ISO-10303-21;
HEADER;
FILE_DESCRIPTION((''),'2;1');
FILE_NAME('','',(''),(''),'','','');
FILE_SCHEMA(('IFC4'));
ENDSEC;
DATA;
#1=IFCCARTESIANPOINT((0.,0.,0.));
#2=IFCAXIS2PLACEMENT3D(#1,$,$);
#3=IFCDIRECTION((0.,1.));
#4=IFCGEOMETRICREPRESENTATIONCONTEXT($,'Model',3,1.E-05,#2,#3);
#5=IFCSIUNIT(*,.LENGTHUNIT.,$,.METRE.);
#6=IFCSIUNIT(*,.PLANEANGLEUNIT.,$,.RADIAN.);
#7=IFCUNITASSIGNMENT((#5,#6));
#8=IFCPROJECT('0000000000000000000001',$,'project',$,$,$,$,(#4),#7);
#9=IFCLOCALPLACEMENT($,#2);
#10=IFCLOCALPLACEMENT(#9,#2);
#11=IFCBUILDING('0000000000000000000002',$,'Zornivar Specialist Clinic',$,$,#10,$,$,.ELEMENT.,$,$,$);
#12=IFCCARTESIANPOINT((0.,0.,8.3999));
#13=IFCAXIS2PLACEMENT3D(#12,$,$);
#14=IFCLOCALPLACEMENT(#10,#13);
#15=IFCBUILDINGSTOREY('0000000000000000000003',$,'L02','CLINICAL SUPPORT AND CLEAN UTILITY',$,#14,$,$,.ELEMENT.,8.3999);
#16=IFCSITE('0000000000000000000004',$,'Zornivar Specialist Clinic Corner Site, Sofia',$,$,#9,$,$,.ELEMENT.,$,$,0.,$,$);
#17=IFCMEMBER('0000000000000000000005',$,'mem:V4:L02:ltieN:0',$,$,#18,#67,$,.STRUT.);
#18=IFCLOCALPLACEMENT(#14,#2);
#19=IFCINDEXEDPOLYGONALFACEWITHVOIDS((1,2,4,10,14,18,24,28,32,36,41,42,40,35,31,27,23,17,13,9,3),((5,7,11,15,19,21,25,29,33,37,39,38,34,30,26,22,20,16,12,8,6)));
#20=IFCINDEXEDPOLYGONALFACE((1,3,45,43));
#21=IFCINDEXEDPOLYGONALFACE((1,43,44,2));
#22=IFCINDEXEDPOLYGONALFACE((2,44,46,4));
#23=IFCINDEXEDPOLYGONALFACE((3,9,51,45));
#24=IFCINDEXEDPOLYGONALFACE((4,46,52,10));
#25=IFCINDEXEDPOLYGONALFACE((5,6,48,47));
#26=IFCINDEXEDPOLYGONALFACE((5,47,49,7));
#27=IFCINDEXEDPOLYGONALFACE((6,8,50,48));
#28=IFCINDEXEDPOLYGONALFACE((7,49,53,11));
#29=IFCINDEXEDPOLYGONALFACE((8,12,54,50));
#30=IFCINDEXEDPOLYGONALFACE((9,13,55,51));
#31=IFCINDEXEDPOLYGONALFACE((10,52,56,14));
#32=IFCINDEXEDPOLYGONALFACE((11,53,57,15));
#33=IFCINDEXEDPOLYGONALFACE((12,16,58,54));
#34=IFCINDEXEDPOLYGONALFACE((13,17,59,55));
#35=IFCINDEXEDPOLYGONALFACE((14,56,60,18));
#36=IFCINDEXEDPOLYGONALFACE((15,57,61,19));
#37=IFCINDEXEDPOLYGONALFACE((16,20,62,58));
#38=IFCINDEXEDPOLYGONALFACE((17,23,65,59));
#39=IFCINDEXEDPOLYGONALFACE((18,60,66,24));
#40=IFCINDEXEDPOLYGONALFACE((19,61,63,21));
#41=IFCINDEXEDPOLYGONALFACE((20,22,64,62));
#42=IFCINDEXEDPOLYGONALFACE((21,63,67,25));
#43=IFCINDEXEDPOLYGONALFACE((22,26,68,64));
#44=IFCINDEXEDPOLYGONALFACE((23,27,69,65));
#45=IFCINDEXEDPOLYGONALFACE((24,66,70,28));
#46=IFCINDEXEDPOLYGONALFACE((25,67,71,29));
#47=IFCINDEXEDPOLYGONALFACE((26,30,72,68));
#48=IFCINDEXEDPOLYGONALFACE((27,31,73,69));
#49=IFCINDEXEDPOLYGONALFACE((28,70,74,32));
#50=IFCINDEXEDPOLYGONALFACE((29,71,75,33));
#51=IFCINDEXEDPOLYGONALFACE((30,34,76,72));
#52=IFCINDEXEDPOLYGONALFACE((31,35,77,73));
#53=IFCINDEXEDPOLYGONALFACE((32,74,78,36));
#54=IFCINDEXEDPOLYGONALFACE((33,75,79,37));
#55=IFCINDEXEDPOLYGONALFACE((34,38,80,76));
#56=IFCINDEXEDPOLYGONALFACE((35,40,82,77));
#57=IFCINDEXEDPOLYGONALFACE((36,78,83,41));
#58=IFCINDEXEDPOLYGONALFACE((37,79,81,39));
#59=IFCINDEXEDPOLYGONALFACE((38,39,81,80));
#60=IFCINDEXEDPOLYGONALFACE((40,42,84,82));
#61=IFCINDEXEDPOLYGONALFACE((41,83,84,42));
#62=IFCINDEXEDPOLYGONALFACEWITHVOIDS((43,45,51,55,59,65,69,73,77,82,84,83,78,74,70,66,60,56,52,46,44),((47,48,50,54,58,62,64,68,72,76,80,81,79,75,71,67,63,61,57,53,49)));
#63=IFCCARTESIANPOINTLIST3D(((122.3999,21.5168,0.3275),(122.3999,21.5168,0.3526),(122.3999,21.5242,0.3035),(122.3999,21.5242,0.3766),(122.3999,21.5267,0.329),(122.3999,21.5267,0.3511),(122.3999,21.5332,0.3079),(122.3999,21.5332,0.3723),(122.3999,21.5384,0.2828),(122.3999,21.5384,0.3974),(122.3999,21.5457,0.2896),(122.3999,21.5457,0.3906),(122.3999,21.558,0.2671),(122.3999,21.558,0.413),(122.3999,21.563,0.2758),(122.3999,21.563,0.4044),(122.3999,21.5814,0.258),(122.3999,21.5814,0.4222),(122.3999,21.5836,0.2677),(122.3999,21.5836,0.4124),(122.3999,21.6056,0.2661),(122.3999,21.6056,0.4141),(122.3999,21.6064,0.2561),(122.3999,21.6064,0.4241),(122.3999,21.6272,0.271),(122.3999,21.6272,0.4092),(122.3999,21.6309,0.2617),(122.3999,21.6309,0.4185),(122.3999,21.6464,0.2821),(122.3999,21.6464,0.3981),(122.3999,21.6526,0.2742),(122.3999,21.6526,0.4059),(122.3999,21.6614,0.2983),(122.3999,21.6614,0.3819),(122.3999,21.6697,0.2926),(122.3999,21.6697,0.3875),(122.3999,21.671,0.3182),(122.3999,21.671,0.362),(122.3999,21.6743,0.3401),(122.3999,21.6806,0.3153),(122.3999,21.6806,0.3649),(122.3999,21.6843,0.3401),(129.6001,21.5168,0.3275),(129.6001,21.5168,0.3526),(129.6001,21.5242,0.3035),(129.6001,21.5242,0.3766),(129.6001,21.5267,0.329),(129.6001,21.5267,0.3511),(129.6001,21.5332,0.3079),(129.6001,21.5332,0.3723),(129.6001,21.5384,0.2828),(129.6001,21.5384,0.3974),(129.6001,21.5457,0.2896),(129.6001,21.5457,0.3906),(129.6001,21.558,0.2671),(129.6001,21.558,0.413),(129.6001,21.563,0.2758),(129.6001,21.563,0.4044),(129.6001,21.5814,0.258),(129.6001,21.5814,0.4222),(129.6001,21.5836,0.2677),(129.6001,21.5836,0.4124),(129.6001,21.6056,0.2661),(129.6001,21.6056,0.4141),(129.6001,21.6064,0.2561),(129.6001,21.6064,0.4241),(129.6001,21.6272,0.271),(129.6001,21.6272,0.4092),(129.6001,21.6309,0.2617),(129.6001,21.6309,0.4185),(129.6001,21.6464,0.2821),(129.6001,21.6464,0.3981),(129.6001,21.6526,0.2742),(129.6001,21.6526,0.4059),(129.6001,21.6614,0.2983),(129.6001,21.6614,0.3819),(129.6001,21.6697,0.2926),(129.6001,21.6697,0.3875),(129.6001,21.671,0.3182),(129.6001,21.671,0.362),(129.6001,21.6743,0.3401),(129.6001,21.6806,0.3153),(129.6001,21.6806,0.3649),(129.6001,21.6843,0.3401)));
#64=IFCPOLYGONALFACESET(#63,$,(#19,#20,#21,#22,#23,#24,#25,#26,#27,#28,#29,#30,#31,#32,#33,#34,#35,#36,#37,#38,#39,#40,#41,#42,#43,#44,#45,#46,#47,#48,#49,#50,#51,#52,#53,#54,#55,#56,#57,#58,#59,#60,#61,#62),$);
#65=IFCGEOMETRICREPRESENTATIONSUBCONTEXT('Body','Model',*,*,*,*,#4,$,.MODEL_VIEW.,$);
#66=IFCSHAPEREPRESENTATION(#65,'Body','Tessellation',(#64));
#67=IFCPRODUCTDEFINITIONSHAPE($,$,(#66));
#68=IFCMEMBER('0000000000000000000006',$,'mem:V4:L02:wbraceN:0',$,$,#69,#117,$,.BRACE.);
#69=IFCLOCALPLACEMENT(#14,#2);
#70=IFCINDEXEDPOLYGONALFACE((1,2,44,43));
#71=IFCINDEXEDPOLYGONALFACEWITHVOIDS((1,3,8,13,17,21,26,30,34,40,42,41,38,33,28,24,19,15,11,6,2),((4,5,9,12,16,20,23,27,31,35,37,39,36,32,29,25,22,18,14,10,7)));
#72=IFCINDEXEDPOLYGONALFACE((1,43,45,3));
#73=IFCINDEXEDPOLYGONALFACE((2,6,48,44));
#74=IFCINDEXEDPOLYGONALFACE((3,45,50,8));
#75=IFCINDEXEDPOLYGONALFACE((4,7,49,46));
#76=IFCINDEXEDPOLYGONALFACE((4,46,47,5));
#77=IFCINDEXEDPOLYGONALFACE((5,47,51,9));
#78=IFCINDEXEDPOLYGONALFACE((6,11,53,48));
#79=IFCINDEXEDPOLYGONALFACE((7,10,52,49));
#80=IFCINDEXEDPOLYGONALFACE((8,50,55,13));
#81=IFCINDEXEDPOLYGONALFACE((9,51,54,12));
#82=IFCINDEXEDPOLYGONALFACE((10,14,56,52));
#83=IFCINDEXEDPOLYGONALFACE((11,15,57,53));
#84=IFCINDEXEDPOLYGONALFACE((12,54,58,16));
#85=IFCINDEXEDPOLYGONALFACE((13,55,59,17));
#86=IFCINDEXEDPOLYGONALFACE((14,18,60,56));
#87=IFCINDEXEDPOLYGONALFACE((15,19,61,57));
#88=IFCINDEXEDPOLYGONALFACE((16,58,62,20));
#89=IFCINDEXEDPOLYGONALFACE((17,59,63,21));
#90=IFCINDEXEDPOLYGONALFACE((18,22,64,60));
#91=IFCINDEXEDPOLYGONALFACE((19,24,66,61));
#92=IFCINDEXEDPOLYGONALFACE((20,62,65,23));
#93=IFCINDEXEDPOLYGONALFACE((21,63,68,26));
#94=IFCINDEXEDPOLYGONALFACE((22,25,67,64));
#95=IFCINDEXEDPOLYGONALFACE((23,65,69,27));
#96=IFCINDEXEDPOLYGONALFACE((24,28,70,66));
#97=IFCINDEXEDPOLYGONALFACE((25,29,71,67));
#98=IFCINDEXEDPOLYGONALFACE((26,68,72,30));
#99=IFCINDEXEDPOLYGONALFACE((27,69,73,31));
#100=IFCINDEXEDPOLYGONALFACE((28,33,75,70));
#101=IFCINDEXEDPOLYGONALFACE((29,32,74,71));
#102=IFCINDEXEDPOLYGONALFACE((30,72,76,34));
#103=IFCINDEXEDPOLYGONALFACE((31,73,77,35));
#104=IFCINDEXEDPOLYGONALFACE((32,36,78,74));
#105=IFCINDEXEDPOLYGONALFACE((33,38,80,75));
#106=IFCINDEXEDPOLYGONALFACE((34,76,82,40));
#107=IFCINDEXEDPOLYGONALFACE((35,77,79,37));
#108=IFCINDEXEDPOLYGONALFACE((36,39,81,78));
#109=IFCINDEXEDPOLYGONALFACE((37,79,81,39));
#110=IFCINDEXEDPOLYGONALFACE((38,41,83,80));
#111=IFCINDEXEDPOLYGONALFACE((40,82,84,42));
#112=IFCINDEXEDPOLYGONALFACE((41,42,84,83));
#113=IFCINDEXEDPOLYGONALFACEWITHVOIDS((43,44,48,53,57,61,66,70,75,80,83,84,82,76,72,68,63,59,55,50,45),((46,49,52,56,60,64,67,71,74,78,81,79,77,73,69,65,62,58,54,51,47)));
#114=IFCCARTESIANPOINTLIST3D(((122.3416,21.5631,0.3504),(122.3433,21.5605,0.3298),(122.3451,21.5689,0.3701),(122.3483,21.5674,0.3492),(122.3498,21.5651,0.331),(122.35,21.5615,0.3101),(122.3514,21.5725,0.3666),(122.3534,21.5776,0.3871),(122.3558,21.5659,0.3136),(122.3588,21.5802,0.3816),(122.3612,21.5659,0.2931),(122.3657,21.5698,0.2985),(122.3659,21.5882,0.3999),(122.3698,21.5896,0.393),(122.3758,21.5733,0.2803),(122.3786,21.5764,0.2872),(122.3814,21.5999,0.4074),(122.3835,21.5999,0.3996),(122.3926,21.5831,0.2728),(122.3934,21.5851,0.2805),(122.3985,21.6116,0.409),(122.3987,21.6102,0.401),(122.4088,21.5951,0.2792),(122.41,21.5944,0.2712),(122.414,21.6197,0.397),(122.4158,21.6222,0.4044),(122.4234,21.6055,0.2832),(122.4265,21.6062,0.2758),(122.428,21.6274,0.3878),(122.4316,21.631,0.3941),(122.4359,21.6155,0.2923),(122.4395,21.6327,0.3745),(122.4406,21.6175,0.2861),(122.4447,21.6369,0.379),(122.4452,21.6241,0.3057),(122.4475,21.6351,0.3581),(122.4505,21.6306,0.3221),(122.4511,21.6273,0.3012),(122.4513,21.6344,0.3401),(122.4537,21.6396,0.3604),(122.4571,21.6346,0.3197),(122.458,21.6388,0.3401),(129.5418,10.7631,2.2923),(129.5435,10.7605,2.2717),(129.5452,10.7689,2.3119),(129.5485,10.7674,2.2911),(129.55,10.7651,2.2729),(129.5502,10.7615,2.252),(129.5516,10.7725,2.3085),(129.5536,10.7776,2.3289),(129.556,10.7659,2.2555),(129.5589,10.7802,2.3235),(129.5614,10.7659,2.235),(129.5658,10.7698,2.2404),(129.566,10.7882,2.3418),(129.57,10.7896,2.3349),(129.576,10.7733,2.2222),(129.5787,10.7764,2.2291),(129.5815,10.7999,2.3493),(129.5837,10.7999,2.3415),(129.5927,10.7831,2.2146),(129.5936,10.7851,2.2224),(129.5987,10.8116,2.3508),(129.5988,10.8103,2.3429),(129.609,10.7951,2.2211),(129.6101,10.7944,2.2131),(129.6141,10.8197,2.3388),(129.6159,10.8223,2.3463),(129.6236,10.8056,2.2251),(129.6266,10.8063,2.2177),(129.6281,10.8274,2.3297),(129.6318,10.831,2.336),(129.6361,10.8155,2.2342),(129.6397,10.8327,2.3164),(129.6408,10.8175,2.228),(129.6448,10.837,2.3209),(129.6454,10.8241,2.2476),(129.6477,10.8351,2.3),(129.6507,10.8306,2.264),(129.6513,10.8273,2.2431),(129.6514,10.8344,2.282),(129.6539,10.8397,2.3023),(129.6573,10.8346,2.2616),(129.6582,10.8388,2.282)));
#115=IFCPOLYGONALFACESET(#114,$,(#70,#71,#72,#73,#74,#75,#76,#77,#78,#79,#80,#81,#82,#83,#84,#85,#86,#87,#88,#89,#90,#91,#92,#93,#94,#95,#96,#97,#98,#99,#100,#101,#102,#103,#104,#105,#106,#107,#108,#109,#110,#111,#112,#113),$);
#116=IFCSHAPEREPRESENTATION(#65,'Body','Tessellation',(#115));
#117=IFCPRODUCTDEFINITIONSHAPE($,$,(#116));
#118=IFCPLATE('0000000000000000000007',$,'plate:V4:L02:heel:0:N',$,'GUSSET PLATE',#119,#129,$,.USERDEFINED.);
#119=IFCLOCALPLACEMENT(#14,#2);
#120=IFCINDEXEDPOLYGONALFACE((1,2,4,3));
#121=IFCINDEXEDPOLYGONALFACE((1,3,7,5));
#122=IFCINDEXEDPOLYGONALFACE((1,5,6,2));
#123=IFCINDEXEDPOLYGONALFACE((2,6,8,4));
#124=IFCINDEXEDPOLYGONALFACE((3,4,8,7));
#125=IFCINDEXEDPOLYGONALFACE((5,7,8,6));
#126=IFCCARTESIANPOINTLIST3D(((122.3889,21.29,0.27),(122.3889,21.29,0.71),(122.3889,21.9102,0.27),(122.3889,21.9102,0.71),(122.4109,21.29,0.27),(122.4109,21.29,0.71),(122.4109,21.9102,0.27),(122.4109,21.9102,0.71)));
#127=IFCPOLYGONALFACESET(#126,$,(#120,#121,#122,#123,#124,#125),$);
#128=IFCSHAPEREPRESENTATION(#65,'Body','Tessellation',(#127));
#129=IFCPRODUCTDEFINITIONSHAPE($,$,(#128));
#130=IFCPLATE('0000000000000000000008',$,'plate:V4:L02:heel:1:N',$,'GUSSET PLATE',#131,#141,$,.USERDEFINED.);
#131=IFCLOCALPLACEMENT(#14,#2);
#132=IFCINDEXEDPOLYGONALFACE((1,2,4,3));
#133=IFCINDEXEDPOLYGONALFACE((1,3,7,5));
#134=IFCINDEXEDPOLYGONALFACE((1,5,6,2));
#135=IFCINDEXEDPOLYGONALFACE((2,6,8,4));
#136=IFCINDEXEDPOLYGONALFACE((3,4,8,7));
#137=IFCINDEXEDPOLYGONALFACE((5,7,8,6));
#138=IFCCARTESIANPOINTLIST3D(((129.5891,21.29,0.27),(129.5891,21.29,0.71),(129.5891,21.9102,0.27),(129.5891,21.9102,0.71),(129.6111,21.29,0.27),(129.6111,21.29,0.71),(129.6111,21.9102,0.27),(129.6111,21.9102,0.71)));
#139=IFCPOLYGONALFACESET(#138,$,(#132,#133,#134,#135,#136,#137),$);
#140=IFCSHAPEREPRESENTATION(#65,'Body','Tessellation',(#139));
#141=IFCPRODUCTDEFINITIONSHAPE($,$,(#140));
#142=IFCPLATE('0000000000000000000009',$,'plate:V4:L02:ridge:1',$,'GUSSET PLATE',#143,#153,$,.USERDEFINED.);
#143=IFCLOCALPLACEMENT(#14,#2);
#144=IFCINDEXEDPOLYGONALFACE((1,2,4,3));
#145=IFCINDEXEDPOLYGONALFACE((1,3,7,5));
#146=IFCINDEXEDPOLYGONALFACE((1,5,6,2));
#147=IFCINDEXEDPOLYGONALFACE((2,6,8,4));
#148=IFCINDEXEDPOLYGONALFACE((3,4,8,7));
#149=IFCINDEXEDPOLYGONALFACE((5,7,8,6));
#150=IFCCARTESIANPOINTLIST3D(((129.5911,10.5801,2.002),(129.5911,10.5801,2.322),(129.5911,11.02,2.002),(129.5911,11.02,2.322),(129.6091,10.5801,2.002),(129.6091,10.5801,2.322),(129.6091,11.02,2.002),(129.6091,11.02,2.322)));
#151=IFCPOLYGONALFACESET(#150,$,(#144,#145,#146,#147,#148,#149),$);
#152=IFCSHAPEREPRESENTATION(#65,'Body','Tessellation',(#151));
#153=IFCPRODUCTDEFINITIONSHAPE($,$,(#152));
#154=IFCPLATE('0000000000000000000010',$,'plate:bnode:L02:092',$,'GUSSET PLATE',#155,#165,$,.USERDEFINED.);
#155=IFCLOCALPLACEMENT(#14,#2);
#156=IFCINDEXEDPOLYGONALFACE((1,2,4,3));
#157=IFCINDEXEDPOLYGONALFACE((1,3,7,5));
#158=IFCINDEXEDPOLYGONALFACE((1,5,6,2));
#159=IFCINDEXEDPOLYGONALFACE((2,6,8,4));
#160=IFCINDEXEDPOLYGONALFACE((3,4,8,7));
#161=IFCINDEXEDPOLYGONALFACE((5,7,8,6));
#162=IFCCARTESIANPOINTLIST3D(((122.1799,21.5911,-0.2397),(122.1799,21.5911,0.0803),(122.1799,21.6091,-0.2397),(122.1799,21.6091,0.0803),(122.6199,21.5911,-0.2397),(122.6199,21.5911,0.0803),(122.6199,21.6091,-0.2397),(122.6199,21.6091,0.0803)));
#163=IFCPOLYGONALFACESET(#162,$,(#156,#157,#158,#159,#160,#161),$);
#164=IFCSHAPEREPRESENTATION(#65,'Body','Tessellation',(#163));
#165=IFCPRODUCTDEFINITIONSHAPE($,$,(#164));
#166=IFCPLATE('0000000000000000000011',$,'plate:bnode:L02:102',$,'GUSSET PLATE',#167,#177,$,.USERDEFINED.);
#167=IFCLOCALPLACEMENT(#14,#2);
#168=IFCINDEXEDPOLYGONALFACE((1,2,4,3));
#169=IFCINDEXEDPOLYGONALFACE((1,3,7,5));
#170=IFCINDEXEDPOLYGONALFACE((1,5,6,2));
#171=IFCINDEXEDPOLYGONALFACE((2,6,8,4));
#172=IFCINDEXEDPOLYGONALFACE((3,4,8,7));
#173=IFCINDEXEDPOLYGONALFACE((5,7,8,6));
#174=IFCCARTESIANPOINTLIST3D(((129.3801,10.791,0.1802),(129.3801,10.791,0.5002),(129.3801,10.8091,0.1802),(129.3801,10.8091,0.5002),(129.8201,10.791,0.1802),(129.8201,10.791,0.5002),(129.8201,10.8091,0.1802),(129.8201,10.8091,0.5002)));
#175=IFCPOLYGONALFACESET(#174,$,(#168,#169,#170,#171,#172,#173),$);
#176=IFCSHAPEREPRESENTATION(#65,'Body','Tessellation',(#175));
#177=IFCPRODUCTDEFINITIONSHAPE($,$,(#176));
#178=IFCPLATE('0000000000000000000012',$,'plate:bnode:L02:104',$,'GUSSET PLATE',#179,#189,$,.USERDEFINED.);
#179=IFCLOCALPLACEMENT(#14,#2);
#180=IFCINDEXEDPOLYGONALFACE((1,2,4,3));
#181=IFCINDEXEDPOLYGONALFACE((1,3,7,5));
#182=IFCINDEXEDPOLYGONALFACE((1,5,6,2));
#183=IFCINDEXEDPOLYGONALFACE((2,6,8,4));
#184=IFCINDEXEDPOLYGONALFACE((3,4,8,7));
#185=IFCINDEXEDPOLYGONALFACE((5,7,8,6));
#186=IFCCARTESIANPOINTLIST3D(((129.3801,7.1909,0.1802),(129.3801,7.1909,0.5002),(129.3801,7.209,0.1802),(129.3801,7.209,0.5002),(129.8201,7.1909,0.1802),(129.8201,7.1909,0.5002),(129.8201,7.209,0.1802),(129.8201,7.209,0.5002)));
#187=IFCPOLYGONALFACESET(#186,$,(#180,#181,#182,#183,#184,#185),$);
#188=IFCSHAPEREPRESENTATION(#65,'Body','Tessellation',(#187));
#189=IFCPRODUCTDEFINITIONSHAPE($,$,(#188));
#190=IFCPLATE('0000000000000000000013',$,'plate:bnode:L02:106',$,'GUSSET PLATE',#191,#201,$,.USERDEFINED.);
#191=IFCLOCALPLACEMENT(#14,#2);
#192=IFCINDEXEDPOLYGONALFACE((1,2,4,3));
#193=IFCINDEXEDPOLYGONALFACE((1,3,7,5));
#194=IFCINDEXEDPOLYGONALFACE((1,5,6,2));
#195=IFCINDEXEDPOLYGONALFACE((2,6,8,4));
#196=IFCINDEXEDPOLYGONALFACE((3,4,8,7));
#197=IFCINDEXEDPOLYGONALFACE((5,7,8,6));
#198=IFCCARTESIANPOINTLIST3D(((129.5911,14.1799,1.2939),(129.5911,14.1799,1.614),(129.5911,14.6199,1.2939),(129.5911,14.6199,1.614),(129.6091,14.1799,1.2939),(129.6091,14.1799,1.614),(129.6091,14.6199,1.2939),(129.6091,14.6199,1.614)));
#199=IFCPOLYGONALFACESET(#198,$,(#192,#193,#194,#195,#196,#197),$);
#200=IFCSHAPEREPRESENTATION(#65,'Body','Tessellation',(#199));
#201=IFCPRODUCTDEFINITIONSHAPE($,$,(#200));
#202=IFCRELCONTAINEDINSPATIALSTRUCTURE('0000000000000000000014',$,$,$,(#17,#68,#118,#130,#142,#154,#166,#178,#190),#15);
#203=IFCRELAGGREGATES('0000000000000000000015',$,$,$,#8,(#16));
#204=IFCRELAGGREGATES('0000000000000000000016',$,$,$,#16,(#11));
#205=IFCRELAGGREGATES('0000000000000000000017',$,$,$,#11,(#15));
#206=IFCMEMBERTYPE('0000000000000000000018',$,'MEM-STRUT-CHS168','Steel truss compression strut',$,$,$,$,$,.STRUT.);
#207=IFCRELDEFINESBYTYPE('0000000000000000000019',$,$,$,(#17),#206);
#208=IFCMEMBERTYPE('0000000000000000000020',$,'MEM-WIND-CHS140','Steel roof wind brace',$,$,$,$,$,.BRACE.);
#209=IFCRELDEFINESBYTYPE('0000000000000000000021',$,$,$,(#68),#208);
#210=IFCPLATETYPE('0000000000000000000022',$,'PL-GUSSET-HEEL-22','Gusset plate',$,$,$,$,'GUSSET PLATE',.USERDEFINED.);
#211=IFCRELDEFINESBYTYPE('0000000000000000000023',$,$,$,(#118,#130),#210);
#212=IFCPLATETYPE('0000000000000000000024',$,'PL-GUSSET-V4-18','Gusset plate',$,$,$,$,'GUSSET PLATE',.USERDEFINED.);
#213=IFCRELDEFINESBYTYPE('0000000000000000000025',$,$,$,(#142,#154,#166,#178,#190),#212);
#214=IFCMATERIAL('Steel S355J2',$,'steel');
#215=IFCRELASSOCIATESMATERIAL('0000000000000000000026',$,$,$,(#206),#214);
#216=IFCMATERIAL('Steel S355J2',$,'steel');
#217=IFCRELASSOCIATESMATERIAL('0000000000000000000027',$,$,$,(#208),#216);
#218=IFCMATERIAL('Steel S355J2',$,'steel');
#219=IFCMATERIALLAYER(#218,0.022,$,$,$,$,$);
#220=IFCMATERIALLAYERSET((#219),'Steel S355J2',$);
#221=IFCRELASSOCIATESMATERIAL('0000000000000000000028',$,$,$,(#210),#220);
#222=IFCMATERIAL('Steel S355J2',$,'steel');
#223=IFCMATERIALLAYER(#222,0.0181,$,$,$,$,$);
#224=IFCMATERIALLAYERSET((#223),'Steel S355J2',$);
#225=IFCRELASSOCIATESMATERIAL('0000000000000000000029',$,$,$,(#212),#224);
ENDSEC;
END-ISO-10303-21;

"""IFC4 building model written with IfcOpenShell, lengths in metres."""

from ifc_helpers import new_model, si_unit, direction, frame, origin, origin_2d, place, context, subcontext, project, spatial, rectangle, hollow_circle, extrude, material, layer, layer_set, material_profile, profile_set, type_object, element, save


model = new_model("IFC4")

# Units and contexts
model_context = context("Model", 3, precision=1e-05, world=origin(), true_north=direction((0.0, 1.0)))
body_context = subcontext(model_context, "Body", "Model", "MODEL_VIEW")
ifc_project = project(units=[si_unit("LENGTHUNIT", "METRE"), si_unit("PLANEANGLEUNIT", "RADIAN")], contexts=[model_context])

# Site, building, storey
site_placement = place(None, origin())
site = spatial("IfcSite", under=ifc_project, at=site_placement, Name="Zornivar Specialist Clinic Corner Site, Sofia", CompositionType="ELEMENT", RefElevation=0.0)
building_placement = place(site_placement, origin())
building = spatial("IfcBuilding", under=site, at=building_placement, Name="Zornivar Specialist Clinic", CompositionType="ELEMENT")
storey_placement = place(building_placement, frame((0.0, 0.0, 8.3999)))
storey = spatial("IfcBuildingStorey", under=building, at=storey_placement, Name="L02", Description="CLINICAL SUPPORT AND CLEAN UTILITY", CompositionType="ELEMENT", Elevation=8.3999)

# Members
ifc_material_1 = material(Name="Steel S355J2", Category="steel")
ifc_material_profile_1 = material_profile(ifc_material_1, hollow_circle(Radius=0.0842, WallThickness=0.01, at=origin_2d()), Name="CHS 168.3x10")
ifc_profile_set_1 = profile_set([ifc_material_profile_1], Name="Steel S355J2")
member_type_1 = type_object("IfcMemberType", Name="MEM-STRUT-CHS168", Description="Steel truss compression strut", PredefinedType="STRUT", material=ifc_profile_set_1)
member_1_placement = place(storey_placement, frame((122.3999, 21.6001, 0.3401), z_axis=(1.0, 0.0, 0.0), x_axis=(0.0, 1.0, 0.0)))
element("IfcMember", 1, at=member_1_placement, inside=storey, type_object=member_type_1, Name="mem:V4:L02:ltieN:0", PredefinedType="STRUT", context=body_context, shape_type="SweptSolid", body=[
    extrude(hollow_circle(Radius=0.0842, WallThickness=0.01, at=origin_2d()), origin(), (0.0, 0.0, 1.0), 7.2002),
])
ifc_material_2 = material(Name="Steel S355J2", Category="steel")
ifc_material_profile_2 = material_profile(ifc_material_2, hollow_circle(Radius=0.0698, WallThickness=0.0081, at=origin_2d()), Name="CHS 139.7x8")
ifc_profile_set_2 = profile_set([ifc_material_profile_2], Name="Steel S355J2")
member_type_2 = type_object("IfcMemberType", Name="MEM-WIND-CHS140", Description="Steel roof wind brace", PredefinedType="BRACE", material=ifc_profile_set_2)
member_2_placement = place(storey_placement, frame((122.3999, 21.6001, 0.3401), z_axis=(0.548604, -0.822887, 0.147959), x_axis=(0.832045, 0.554709, 0.0)))
element("IfcMember", 2, at=member_2_placement, inside=storey, type_object=member_type_2, Name="mem:V4:L02:wbraceN:0", PredefinedType="BRACE", context=body_context, shape_type="SweptSolid", body=[
    extrude(hollow_circle(Radius=0.0698, WallThickness=0.0081, at=origin_2d()), origin(), (0.0, 0.0, 1.0), 13.1245),
])

# Plates
ifc_material_3 = material(Name="Steel S355J2", Category="steel")
ifc_layer_1 = layer(ifc_material_3, 0.022)
ifc_layer_set_1 = layer_set([ifc_layer_1], Name="Steel S355J2")
plate_type_1 = type_object("IfcPlateType", Name="PL-GUSSET-HEEL-22", Description="Gusset plate", ElementType="GUSSET PLATE", PredefinedType="USERDEFINED", material=ifc_layer_set_1)
for number, where, z_axis, x_axis, name in (
    (3, (122.3999, 21.6001, 0.27), (0.0, 0.0, 1.0), (1.0, 0.0, 0.0), "plate:V4:L02:heel:0:N"),
    (4, (129.6001, 21.6001, 0.27), (0.0, 0.0, 1.0), (1.0, 0.0, 0.0), "plate:V4:L02:heel:1:N"),
):
    element("IfcPlate", number, at=place(storey_placement, frame(where, z_axis=z_axis, x_axis=x_axis)), inside=storey, type_object=plate_type_1, Name=name, ObjectType="GUSSET PLATE", PredefinedType="USERDEFINED", context=body_context, shape_type="SweptSolid", body=[
        extrude(rectangle(XDim=0.022, YDim=0.6201, at=origin_2d()), origin(), (0.0, 0.0, 1.0), 0.4399),
    ])
ifc_material_4 = material(Name="Steel S355J2", Category="steel")
ifc_layer_2 = layer(ifc_material_4, 0.0181)
ifc_layer_set_2 = layer_set([ifc_layer_2], Name="Steel S355J2")
plate_type_2 = type_object("IfcPlateType", Name="PL-GUSSET-V4-18", Description="Gusset plate", ElementType="GUSSET PLATE", PredefinedType="USERDEFINED", material=ifc_layer_set_2)
plate_placement = place(storey_placement, frame((129.6001, 10.8, 2.002), z_axis=(0.0, 0.0, 1.0), x_axis=(1.0, 0.0, 0.0)))
element("IfcPlate", 5, at=plate_placement, inside=storey, type_object=plate_type_2, Name="plate:V4:L02:ridge:1", ObjectType="GUSSET PLATE", PredefinedType="USERDEFINED", context=body_context, shape_type="SweptSolid", body=[
    extrude(rectangle(XDim=0.0181, YDim=0.4399, at=origin_2d()), origin(), (0.0, 0.0, 1.0), 0.3201),
])
for number, where, z_axis, x_axis, name in (
    (6, (122.3999, 21.6001, -0.2397), (0.0, 0.0, 1.0), (1.0, 0.0, 0.0), "plate:bnode:L02:092"),
    (7, (129.6001, 10.8, 0.1802), (0.0, 0.0, 1.0), (1.0, 0.0, 0.0), "plate:bnode:L02:102"),
    (8, (129.6001, 7.2, 0.1802), (0.0, 0.0, 1.0), (1.0, 0.0, 0.0), "plate:bnode:L02:104"),
    (9, (129.6001, 14.3999, 1.2939), (0.0, 0.0, 1.0), (0.0, 1.0, 0.0), "plate:bnode:L02:106"),
):
    element("IfcPlate", number, at=place(storey_placement, frame(where, z_axis=z_axis, x_axis=x_axis)), inside=storey, type_object=plate_type_2, Name=name, ObjectType="GUSSET PLATE", PredefinedType="USERDEFINED", context=body_context, shape_type="SweptSolid", body=[
        extrude(rectangle(XDim=0.4399, YDim=0.0181, at=origin_2d()), origin(), (0.0, 0.0, 1.0), 0.3201),
    ])

save(model, "model.ifc")
